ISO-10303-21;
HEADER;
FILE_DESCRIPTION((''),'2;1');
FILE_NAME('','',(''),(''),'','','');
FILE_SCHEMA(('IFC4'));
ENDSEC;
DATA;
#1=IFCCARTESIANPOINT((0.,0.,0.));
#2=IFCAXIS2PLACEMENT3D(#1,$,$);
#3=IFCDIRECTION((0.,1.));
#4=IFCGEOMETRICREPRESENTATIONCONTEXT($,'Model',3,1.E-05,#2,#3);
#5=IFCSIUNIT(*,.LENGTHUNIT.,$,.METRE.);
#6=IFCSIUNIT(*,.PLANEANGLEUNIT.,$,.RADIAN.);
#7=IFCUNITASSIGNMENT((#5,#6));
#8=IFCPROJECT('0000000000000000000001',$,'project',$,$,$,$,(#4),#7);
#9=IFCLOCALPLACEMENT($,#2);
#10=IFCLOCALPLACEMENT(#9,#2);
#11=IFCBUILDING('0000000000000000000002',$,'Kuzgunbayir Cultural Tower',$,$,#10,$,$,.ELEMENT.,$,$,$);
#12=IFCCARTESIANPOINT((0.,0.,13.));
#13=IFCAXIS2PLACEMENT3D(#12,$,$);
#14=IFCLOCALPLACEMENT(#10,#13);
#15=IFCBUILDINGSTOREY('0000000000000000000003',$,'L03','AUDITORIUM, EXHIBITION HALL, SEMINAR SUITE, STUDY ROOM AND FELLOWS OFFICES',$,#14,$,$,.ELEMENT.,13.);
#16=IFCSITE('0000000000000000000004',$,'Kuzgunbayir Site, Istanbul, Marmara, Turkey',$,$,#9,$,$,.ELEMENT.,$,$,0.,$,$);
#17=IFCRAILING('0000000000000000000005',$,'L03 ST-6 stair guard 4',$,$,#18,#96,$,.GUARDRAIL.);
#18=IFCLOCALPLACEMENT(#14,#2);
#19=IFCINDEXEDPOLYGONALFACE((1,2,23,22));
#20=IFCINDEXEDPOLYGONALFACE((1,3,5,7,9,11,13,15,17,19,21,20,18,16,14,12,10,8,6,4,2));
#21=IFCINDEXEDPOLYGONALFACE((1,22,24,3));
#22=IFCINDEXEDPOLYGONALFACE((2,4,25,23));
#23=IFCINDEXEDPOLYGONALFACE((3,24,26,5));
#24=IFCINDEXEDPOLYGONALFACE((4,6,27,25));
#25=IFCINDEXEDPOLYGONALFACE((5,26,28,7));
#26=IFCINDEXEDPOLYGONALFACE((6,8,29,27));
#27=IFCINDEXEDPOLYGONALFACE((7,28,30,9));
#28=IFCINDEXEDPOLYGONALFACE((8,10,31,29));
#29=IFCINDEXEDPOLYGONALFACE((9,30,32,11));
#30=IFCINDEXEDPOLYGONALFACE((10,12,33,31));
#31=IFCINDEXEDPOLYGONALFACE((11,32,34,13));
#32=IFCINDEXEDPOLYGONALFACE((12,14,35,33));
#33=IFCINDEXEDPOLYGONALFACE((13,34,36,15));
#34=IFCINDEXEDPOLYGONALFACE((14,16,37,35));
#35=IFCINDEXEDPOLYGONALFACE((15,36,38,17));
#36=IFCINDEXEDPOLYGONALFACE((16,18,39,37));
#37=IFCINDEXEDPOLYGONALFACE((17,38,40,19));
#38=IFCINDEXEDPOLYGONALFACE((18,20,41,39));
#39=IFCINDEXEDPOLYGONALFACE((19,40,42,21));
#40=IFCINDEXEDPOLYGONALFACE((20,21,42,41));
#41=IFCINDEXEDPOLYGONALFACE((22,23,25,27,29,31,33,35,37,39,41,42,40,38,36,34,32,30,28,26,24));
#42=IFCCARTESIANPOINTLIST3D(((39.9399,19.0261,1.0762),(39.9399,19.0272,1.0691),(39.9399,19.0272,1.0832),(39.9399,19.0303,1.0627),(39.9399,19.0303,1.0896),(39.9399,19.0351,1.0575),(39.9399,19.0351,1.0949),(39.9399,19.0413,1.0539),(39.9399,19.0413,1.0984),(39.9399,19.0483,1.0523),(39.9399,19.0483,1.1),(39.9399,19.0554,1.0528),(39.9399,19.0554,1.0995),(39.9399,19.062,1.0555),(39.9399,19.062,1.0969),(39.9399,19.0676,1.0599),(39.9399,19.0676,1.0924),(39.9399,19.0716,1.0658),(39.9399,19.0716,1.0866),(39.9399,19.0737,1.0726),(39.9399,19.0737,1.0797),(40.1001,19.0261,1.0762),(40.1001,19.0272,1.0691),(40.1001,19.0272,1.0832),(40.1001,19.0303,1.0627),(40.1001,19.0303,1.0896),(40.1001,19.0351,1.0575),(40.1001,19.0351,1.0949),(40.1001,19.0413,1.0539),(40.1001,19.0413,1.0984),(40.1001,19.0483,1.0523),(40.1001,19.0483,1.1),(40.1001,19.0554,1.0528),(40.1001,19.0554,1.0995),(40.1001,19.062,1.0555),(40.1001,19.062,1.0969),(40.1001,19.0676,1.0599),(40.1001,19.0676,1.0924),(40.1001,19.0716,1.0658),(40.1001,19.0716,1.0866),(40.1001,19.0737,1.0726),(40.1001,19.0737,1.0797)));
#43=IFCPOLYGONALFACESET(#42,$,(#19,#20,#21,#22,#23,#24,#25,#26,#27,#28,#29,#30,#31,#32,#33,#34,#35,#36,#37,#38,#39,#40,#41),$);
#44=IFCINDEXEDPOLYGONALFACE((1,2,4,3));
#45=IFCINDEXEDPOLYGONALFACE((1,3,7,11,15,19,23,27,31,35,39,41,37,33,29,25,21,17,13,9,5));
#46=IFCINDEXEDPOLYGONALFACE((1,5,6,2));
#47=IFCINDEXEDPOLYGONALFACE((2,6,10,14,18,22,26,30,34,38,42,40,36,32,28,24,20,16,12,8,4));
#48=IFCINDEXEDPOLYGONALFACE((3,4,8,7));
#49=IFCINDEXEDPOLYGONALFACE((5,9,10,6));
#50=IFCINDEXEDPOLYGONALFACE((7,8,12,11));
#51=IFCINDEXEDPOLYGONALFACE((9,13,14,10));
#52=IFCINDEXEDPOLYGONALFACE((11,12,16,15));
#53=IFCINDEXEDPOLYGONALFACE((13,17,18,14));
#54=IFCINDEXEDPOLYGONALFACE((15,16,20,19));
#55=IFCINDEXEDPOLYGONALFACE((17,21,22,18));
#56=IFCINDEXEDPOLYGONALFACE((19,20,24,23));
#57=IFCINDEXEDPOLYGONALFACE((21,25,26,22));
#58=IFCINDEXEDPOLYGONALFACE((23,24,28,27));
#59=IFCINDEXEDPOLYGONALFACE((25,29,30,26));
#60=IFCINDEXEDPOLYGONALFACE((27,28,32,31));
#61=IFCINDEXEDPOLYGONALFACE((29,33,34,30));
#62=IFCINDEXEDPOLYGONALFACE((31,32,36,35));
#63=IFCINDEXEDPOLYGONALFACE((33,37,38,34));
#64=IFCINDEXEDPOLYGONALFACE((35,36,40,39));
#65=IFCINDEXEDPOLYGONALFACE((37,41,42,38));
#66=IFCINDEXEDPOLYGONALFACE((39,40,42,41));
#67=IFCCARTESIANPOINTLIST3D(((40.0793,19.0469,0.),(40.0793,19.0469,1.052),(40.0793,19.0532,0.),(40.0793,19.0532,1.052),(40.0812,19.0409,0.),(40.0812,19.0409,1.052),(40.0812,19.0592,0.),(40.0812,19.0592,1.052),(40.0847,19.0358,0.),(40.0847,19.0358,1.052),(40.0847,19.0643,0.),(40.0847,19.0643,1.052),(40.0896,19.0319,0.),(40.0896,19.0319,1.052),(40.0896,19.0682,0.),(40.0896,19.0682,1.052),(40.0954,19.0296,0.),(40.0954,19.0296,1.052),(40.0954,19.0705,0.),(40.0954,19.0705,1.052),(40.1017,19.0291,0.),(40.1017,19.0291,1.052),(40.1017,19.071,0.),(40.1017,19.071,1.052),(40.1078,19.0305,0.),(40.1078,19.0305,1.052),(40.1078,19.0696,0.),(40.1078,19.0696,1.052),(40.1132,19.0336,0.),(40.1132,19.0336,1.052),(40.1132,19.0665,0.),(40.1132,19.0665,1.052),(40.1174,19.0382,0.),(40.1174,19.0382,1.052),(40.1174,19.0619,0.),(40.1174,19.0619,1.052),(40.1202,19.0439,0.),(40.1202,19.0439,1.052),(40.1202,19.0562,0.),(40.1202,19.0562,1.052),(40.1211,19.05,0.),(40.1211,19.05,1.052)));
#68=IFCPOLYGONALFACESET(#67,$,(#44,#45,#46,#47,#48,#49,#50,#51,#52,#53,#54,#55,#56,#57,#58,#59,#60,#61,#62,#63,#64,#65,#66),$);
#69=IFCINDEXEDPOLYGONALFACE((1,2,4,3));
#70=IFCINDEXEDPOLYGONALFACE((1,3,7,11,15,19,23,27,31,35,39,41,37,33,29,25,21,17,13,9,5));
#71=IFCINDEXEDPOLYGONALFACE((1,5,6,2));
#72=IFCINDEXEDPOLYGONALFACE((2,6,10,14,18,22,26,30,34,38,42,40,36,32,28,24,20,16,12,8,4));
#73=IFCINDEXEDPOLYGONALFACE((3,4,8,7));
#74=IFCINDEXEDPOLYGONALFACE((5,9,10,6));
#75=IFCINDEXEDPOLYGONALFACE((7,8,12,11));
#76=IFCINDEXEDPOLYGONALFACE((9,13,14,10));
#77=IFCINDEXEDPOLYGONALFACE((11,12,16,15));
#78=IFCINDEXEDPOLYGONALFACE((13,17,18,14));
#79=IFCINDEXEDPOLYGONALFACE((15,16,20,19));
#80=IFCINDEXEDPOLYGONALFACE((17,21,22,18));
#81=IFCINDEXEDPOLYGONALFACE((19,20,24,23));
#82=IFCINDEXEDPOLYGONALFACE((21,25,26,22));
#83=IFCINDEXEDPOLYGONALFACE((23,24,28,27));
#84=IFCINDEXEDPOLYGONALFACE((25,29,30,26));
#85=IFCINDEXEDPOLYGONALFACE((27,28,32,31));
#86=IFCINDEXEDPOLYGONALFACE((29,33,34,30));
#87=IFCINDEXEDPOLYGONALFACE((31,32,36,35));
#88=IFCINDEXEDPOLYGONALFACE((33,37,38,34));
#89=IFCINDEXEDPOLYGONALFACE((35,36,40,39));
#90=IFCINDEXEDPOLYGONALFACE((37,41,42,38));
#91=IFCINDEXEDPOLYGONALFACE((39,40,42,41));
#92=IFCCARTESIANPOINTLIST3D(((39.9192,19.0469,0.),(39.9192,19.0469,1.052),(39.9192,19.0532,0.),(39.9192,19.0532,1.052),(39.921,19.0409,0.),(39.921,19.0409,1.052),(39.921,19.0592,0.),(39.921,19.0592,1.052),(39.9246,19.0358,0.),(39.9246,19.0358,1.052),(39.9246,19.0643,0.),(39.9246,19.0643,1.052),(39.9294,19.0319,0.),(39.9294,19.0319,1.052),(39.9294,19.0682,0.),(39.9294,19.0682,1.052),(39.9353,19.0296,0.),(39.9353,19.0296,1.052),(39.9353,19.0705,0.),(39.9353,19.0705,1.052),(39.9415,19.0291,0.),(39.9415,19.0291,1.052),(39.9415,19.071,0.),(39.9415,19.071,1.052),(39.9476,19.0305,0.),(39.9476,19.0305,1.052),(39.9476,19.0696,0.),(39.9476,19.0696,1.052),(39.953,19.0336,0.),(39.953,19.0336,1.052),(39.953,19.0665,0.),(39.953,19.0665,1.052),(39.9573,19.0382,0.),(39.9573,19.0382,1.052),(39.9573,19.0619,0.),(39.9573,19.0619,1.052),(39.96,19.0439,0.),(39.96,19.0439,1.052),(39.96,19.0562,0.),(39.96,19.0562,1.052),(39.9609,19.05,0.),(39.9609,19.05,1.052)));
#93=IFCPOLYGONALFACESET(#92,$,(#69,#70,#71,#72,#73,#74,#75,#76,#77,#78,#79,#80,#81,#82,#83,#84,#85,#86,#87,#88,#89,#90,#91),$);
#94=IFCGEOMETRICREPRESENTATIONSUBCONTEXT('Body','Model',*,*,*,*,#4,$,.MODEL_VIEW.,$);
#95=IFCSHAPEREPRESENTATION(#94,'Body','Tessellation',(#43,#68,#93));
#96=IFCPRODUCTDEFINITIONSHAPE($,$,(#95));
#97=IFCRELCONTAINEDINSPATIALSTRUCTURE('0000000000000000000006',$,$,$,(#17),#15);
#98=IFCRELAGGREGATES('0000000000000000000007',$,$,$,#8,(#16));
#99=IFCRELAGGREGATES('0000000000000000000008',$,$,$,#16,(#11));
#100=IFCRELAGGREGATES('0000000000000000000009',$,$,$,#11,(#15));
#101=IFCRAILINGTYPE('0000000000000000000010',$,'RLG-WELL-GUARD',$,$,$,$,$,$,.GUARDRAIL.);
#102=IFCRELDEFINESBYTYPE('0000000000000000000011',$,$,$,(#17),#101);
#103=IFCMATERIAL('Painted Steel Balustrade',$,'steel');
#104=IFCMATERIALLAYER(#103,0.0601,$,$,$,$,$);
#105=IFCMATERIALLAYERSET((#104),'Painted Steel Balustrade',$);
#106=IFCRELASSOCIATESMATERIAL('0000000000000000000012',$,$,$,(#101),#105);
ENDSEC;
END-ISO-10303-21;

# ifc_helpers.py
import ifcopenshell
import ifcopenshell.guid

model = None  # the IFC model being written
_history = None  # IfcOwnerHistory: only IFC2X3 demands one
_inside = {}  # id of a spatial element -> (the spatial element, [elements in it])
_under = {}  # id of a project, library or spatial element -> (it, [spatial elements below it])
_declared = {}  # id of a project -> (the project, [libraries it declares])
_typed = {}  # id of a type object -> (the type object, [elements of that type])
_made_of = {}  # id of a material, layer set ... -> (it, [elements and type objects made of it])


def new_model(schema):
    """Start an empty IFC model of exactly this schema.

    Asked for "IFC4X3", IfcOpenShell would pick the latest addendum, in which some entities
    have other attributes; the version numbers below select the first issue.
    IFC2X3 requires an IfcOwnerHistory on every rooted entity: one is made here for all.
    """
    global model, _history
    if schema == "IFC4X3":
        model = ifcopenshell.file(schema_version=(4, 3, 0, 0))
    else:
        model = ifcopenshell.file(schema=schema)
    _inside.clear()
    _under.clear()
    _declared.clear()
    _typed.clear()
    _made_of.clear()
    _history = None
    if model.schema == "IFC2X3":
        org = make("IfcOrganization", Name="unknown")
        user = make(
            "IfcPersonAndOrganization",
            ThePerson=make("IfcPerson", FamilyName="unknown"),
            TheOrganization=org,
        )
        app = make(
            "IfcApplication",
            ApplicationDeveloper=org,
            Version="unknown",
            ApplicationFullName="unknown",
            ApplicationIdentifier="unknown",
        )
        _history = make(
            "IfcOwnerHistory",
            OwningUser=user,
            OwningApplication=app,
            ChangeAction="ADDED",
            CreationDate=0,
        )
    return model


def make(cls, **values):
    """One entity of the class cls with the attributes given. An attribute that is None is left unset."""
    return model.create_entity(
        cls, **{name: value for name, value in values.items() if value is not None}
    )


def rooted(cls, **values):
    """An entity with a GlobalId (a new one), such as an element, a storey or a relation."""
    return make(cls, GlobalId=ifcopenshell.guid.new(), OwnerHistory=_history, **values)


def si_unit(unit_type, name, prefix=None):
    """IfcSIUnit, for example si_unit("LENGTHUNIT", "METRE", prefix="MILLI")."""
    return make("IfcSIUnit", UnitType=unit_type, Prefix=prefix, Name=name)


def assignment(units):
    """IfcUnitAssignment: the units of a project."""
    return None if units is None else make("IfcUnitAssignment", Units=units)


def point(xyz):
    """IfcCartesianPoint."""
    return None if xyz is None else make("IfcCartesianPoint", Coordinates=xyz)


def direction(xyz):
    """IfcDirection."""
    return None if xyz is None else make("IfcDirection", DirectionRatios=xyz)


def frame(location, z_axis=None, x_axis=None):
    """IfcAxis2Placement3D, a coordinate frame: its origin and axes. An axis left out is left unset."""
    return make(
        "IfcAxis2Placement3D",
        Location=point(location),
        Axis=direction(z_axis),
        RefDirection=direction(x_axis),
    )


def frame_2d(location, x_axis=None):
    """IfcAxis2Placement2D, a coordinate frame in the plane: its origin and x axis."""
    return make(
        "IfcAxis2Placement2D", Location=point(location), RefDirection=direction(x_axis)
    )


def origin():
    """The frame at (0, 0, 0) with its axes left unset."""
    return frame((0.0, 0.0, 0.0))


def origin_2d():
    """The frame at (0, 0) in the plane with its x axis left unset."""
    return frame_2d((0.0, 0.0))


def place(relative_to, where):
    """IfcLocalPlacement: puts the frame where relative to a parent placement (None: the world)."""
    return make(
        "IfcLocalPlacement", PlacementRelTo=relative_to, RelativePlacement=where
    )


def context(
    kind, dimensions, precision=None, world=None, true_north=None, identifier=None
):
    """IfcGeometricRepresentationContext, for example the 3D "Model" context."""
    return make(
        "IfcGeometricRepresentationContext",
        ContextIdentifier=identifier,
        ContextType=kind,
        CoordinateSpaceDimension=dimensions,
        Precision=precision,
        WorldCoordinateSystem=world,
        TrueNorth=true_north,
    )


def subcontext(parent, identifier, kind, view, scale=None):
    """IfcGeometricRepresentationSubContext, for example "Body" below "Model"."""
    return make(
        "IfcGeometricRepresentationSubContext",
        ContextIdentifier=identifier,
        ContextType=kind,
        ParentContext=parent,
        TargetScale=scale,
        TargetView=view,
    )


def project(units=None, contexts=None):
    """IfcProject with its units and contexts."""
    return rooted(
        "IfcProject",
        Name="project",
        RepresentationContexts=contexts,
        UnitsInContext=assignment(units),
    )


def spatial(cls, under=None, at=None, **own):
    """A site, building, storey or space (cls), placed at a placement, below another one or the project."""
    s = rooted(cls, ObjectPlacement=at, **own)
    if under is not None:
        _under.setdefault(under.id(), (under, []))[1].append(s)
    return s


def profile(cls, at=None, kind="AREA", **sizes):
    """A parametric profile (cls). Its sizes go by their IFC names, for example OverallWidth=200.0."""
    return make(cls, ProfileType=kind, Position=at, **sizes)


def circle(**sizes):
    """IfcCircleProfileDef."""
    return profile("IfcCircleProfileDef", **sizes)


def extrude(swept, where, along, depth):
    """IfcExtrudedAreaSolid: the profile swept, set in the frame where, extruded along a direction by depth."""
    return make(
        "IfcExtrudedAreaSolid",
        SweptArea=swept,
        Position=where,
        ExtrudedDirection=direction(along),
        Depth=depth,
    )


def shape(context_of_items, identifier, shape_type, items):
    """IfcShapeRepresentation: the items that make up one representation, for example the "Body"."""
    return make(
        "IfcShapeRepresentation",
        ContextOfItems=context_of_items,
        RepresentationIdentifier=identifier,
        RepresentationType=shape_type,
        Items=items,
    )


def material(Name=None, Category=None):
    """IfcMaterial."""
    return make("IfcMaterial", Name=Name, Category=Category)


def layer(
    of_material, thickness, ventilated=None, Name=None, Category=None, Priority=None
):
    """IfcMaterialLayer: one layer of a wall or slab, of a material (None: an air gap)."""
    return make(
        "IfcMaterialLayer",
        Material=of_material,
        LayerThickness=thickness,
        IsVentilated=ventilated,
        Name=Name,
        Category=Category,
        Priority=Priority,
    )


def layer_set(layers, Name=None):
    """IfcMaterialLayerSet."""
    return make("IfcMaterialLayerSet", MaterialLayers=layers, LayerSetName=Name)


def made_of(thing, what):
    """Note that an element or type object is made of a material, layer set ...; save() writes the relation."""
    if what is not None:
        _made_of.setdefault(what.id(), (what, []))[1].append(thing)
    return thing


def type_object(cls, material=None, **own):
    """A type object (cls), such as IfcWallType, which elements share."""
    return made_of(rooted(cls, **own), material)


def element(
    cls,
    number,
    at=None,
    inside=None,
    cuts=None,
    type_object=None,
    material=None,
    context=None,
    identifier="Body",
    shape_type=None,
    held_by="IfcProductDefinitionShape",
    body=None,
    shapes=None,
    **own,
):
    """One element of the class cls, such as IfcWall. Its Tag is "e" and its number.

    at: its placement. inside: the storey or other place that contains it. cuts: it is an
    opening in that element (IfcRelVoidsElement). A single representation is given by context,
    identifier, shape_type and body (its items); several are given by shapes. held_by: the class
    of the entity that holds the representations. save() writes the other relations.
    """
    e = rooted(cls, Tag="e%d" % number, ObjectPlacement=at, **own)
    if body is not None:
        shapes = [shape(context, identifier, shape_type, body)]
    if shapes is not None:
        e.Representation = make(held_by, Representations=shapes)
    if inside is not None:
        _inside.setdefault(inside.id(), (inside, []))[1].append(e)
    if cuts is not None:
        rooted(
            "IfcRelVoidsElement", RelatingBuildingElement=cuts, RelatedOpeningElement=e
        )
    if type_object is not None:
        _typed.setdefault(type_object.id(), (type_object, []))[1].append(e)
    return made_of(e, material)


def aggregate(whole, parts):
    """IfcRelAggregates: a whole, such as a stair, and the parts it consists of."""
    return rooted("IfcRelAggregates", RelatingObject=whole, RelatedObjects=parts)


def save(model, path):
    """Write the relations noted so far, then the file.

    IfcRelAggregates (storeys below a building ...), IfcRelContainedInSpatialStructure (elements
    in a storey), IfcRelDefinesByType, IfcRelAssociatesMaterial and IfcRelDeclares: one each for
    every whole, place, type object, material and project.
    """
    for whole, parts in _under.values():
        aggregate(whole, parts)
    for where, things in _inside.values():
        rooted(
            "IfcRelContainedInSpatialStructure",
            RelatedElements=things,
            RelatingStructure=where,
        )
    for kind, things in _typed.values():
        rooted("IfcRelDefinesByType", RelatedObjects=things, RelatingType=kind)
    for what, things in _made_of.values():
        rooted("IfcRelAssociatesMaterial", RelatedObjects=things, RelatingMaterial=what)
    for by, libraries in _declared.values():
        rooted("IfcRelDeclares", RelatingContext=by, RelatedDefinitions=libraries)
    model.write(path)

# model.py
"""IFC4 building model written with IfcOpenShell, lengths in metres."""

from ifc_helpers import new_model, si_unit, direction, frame, origin, origin_2d, place, context, subcontext, project, spatial, circle, extrude, material, layer, layer_set, type_object, element, save


model = new_model("IFC4")

# Units and contexts
model_context = context("Model", 3, precision=1e-05, world=origin(), true_north=direction((0.0, 1.0)))
body_context = subcontext(model_context, "Body", "Model", "MODEL_VIEW")
ifc_project = project(units=[si_unit("LENGTHUNIT", "METRE"), si_unit("PLANEANGLEUNIT", "RADIAN")], contexts=[model_context])

# Site, building, storey
site_placement = place(None, origin())
site = spatial("IfcSite", under=ifc_project, at=site_placement, Name="Kuzgunbayir Site, Istanbul, Marmara, Turkey", CompositionType="ELEMENT", RefElevation=0.0)
building_placement = place(site_placement, origin())
building = spatial("IfcBuilding", under=site, at=building_placement, Name="Kuzgunbayir Cultural Tower", CompositionType="ELEMENT")
storey_placement = place(building_placement, frame((0.0, 0.0, 13.0)))
storey = spatial("IfcBuildingStorey", under=building, at=storey_placement, Name="L03", Description="AUDITORIUM, EXHIBITION HALL, SEMINAR SUITE, STUDY ROOM AND FELLOWS OFFICES", CompositionType="ELEMENT", Elevation=13.0)

# Railing
ifc_material_1 = material(Name="Painted Steel Balustrade", Category="steel")
ifc_layer_1 = layer(ifc_material_1, 0.0601)
ifc_layer_set_1 = layer_set([ifc_layer_1], Name="Painted Steel Balustrade")
railing_type_1 = type_object("IfcRailingType", Name="RLG-WELL-GUARD", PredefinedType="GUARDRAIL", material=ifc_layer_set_1)
railing_1_placement = place(storey_placement, frame((40.1001, 19.05, 0.0)))
element("IfcRailing", 1, at=railing_1_placement, inside=storey, type_object=railing_type_1, Name="L03 ST-6 stair guard 4", PredefinedType="GUARDRAIL", context=body_context, shape_type="SweptSolid", body=[
    extrude(circle(Radius=0.0239, at=origin_2d()), frame((0.0, 0.0, 1.0762), z_axis=(-1.0, 0.0, 0.0), x_axis=(0.0, -1.0, 0.0)), (0.0, 0.0, 1.0), 0.1602),
    extrude(circle(Radius=0.021, at=origin_2d()), origin(), (0.0, 0.0, 1.0), 1.052),
    extrude(circle(Radius=0.021, at=origin_2d()), frame((-0.1602, 0.0, 0.0)), (0.0, 0.0, 1.0), 1.052),
])

save(model, "model.ifc")
